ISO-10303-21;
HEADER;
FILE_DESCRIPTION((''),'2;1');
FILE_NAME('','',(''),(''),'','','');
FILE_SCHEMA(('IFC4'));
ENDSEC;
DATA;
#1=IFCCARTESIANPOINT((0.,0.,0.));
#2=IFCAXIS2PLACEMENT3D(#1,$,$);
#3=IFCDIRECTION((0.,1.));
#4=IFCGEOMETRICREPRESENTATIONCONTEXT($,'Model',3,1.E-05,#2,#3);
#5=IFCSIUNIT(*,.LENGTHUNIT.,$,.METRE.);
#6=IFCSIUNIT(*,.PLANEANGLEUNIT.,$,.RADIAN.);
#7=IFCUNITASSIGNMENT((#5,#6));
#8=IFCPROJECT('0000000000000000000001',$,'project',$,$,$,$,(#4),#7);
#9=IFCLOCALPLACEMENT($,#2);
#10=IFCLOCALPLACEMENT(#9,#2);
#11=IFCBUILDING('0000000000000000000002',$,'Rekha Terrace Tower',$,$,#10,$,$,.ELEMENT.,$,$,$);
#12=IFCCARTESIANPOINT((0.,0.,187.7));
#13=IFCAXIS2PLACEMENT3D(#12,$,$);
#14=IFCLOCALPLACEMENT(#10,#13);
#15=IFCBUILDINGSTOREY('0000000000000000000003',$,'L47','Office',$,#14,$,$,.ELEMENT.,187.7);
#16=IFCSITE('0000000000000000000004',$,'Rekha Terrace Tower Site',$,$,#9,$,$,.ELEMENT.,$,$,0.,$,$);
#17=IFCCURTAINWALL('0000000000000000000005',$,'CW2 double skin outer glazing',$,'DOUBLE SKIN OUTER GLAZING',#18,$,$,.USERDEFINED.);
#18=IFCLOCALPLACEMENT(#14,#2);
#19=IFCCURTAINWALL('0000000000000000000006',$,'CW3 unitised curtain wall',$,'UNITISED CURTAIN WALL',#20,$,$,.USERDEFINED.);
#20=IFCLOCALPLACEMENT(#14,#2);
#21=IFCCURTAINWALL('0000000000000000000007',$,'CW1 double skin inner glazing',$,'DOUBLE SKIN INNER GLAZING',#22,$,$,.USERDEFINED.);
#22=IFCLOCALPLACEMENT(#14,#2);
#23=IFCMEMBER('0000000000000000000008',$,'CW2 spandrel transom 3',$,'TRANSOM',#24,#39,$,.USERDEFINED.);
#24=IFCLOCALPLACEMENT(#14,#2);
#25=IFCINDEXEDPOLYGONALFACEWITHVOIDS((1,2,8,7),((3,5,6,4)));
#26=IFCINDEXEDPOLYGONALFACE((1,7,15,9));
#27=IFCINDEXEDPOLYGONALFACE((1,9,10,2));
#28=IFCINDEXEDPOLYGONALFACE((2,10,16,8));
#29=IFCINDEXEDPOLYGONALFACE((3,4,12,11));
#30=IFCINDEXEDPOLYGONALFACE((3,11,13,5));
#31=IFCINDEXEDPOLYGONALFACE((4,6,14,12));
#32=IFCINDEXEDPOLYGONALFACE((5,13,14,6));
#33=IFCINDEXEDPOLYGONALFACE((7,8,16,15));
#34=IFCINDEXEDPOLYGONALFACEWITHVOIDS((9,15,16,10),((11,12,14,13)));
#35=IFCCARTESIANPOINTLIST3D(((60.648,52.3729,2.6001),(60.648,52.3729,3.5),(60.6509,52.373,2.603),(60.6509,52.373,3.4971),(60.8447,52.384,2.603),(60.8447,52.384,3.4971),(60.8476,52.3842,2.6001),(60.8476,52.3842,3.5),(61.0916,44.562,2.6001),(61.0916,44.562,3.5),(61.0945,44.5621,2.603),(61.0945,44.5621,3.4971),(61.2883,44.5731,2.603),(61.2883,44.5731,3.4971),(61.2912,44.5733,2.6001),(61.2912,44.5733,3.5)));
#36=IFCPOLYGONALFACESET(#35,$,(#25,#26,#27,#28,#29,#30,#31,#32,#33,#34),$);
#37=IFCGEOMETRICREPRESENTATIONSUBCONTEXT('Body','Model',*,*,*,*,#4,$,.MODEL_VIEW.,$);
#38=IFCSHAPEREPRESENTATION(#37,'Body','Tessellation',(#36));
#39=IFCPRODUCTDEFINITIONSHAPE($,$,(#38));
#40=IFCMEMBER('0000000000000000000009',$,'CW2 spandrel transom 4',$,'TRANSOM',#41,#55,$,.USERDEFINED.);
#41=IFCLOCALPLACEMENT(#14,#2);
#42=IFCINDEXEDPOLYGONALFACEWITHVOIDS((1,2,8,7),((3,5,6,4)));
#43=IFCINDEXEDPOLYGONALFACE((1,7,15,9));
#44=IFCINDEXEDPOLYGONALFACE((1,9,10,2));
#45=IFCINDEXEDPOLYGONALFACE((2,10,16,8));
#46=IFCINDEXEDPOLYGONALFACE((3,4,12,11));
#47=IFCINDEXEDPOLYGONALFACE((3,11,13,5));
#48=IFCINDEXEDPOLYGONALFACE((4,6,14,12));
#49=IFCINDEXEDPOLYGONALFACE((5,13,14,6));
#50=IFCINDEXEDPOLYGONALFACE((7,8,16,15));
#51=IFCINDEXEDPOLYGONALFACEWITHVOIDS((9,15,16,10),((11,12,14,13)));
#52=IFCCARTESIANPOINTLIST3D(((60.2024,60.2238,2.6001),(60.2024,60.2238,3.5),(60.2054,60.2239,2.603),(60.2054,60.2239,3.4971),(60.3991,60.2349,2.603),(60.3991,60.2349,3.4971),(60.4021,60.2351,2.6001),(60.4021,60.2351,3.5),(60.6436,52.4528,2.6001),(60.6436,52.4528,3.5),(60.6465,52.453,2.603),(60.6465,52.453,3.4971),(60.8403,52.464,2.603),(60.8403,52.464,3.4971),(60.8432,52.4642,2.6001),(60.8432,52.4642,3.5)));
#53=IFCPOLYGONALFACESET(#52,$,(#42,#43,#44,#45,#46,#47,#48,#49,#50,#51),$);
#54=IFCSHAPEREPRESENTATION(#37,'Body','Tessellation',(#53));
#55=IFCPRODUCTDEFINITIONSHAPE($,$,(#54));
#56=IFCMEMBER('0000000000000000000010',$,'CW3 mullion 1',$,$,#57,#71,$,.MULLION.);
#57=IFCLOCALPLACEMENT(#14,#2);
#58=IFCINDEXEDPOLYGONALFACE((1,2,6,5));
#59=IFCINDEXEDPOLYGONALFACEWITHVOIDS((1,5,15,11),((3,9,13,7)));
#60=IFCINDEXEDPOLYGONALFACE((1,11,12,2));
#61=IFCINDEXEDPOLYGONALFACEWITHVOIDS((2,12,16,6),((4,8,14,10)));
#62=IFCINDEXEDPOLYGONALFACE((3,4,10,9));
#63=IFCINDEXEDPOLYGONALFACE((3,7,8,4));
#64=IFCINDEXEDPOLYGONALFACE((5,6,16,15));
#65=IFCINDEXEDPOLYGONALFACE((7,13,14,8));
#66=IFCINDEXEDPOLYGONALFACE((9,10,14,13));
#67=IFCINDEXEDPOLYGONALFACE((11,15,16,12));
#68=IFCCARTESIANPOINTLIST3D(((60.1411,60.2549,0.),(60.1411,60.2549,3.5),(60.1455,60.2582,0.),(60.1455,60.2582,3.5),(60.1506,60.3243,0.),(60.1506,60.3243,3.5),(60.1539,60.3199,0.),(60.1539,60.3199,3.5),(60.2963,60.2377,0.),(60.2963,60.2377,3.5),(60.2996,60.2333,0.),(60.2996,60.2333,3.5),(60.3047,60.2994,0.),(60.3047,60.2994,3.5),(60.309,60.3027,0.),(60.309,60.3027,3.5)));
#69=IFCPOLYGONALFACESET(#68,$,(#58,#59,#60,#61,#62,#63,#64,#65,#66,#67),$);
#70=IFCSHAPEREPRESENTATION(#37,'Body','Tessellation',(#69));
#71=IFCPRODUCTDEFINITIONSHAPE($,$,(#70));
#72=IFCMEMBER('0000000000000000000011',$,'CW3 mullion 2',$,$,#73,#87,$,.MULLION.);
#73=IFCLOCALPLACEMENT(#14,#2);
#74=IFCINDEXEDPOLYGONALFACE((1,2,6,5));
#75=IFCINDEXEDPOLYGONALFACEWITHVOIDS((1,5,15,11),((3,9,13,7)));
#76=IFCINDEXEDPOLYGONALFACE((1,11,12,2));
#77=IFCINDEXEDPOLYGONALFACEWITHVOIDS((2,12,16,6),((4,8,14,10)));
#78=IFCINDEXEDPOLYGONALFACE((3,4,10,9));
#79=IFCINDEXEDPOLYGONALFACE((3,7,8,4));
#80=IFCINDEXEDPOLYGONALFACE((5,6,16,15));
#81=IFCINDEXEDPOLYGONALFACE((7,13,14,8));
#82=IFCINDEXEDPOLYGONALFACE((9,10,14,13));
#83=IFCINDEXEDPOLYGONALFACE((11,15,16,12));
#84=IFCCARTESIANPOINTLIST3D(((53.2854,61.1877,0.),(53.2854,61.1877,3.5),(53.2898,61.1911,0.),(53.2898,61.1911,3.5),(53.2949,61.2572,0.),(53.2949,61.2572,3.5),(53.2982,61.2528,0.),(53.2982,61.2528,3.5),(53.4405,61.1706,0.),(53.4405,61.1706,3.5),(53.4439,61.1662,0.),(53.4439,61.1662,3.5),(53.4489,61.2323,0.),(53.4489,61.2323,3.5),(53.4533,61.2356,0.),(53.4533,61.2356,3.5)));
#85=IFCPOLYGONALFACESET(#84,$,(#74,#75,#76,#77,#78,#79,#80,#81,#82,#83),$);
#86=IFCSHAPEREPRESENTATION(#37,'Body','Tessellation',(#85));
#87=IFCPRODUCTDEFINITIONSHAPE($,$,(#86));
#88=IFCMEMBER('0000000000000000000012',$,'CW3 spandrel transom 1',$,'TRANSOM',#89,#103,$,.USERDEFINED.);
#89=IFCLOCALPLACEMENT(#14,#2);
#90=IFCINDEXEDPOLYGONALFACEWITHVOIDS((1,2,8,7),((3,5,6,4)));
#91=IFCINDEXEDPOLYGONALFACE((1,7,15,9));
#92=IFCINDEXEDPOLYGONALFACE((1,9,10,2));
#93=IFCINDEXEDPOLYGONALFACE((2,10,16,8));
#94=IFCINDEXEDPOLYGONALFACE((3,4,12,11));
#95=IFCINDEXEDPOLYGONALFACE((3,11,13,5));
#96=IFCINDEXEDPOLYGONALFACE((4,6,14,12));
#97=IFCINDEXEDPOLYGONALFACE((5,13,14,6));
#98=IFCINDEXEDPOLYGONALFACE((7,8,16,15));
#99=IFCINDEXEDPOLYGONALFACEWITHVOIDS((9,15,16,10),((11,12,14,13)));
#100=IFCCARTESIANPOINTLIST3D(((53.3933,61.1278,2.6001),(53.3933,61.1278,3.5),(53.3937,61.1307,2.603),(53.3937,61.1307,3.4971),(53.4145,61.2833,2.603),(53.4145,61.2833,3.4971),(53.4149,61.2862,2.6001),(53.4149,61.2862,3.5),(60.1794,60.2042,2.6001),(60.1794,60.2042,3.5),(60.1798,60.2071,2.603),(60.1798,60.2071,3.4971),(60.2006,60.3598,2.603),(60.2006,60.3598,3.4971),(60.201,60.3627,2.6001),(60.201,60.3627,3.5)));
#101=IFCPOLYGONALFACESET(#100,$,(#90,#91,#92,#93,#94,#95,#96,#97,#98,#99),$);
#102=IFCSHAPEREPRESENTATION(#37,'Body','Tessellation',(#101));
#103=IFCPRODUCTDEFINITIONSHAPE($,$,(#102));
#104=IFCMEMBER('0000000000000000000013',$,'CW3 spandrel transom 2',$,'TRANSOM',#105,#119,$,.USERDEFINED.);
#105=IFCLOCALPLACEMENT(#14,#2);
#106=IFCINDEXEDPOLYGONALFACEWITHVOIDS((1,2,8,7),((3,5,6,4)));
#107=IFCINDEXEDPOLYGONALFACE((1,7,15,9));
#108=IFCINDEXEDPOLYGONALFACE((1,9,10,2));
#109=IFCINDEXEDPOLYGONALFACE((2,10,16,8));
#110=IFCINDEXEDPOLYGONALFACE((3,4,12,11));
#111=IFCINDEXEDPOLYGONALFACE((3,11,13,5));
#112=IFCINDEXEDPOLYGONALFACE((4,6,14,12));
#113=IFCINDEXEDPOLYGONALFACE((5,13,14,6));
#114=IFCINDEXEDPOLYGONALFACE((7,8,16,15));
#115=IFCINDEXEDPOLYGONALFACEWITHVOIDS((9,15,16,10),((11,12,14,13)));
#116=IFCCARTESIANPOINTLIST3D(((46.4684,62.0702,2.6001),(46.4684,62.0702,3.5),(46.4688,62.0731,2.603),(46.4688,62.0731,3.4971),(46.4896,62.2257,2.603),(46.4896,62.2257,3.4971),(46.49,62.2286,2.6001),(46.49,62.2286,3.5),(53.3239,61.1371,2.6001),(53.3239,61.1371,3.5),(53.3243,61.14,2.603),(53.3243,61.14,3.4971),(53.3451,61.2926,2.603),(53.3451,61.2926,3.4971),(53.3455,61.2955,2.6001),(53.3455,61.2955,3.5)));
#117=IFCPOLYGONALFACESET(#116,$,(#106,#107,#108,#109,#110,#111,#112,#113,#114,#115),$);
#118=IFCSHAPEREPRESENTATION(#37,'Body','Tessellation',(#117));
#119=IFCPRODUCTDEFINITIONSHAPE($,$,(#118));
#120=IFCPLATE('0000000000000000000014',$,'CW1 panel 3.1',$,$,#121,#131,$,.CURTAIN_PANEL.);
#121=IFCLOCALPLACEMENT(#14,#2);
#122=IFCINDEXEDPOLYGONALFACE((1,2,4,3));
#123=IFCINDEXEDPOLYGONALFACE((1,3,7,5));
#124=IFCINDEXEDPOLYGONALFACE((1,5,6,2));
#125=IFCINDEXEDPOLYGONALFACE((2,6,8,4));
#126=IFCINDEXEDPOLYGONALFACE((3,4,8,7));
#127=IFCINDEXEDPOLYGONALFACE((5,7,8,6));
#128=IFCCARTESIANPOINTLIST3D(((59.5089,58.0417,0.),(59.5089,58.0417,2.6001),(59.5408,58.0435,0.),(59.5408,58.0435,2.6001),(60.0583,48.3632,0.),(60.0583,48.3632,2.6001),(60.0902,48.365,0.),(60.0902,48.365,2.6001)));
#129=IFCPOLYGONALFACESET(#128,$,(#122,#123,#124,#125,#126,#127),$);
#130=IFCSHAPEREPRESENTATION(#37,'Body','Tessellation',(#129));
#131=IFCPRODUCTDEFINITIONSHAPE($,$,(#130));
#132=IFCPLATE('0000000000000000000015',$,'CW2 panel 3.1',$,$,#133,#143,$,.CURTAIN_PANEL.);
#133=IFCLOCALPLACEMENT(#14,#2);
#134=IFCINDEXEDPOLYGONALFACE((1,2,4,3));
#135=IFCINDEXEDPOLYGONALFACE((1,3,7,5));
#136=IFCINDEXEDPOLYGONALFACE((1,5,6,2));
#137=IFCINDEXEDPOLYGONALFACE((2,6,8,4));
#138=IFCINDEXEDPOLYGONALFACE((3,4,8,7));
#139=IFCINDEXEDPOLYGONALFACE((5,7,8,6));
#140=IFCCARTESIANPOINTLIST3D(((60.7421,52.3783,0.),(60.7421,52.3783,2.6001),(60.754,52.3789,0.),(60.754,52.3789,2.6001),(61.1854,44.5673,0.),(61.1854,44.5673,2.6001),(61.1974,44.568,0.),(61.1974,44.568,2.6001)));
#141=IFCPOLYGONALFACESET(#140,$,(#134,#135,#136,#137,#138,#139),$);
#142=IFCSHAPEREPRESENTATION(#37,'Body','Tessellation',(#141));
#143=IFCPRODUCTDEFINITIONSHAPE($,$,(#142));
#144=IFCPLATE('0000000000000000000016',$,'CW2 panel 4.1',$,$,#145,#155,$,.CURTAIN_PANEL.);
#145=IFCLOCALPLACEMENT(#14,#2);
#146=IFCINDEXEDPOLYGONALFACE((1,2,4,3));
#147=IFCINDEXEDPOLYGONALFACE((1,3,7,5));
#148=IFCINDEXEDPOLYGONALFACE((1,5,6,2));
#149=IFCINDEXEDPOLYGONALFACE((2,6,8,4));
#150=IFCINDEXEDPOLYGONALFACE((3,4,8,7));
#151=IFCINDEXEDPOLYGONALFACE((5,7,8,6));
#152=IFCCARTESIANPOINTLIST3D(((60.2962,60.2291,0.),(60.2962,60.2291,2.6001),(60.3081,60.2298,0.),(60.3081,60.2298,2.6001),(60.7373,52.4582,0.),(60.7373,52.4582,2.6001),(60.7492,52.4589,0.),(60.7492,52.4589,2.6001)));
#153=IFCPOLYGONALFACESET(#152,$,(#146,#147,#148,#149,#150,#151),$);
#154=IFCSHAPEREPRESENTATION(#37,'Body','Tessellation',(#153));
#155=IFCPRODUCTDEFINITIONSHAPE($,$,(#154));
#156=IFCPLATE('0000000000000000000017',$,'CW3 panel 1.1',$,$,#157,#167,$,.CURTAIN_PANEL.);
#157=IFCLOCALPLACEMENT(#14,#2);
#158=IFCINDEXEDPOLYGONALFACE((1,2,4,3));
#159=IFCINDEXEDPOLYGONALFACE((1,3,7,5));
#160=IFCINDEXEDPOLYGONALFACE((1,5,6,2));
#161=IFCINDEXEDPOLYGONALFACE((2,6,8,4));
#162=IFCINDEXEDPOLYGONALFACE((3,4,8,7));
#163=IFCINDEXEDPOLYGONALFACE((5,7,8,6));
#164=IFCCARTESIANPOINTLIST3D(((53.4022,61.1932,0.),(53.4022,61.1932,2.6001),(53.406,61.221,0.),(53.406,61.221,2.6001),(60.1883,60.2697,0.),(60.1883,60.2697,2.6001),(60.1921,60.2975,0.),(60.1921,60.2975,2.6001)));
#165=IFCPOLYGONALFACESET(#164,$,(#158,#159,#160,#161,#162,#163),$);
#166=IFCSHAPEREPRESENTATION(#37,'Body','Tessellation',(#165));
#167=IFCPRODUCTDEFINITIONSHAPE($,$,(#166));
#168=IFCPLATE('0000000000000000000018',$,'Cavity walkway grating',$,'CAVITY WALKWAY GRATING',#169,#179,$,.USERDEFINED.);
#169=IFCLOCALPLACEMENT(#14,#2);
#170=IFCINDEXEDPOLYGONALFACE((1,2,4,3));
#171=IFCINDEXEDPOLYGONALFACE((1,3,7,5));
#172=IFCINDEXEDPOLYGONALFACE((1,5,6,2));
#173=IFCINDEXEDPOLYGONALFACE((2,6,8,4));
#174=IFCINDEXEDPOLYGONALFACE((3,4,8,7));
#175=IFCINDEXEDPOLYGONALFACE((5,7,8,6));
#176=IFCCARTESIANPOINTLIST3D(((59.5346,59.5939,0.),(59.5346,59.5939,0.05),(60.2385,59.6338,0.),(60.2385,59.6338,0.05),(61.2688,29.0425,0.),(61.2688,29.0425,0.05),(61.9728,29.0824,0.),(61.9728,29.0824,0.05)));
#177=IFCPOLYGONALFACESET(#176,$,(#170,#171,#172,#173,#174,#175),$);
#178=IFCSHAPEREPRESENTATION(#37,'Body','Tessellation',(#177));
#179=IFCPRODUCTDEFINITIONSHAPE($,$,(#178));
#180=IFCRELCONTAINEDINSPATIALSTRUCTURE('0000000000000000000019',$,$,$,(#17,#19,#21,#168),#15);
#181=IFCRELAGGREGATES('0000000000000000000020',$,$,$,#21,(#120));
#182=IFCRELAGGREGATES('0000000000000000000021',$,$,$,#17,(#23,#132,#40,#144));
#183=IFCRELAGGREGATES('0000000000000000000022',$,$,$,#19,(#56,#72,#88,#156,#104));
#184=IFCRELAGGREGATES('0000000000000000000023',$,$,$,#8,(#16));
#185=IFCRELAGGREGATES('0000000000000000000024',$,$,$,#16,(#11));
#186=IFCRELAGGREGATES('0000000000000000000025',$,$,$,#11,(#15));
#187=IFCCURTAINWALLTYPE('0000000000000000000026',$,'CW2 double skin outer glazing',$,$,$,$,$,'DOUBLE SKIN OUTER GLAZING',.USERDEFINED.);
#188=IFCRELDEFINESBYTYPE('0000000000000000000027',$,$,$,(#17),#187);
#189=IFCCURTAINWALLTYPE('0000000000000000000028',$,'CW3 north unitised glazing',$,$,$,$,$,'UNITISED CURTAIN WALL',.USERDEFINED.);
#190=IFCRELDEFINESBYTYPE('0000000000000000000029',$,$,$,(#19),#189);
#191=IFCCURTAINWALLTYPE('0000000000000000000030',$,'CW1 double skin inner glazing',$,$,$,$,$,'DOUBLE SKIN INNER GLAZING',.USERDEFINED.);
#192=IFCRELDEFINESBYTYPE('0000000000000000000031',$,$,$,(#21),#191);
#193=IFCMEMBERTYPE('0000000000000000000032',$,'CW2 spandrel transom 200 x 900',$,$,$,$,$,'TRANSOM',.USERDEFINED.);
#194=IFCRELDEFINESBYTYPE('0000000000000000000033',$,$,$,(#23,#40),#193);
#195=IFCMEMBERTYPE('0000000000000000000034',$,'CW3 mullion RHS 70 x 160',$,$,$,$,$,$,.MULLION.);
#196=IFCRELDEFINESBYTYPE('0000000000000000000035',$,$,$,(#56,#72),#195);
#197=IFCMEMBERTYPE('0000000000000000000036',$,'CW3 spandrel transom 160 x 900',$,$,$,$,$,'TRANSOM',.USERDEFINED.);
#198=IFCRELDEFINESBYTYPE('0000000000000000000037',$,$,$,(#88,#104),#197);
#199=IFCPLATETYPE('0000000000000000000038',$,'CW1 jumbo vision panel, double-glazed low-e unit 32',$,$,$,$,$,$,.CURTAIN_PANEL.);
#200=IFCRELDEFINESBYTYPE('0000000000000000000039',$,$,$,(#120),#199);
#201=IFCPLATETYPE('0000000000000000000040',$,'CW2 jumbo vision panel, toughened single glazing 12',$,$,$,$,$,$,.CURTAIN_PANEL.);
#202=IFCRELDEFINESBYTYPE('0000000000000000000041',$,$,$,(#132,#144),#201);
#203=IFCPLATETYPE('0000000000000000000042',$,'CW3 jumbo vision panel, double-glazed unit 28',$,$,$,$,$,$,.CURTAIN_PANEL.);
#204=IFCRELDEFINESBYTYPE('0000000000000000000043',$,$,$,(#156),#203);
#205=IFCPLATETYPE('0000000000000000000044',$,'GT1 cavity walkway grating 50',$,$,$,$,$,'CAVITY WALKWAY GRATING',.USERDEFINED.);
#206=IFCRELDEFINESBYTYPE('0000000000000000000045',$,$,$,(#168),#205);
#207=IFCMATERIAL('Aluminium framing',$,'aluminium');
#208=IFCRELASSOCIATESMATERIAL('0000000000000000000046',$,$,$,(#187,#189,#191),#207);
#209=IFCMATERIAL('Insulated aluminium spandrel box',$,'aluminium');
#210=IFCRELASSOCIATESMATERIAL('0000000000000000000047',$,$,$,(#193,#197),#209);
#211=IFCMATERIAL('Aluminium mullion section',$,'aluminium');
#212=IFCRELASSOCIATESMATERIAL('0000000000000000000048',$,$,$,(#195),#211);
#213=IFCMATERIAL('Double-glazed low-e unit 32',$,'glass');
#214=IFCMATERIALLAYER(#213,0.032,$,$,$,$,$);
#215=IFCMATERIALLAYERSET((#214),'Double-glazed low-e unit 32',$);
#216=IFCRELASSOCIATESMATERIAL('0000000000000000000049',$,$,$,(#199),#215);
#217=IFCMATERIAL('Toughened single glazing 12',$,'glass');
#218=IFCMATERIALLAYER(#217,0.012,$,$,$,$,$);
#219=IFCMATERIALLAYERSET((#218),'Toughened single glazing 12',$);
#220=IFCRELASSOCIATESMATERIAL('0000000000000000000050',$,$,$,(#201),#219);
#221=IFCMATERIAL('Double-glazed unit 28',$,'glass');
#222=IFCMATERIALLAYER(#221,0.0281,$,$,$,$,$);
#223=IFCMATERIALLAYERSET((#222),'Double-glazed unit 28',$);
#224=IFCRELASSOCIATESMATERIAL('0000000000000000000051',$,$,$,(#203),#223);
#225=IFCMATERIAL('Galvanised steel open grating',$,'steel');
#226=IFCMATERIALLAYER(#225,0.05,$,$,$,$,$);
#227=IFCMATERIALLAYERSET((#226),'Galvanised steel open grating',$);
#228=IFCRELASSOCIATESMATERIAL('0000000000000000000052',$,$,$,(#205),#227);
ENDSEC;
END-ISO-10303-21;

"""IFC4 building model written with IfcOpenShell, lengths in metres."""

from ifc_helpers import new_model, si_unit, direction, frame, origin, origin_2d, place, context, subcontext, project, spatial, rectangle, hollow_rectangle, extrude, material, layer, layer_set, material_profile, profile_set, type_object, element, aggregate, save


model = new_model("IFC4")

# Units and contexts
model_context = context("Model", 3, precision=1e-05, world=origin(), true_north=direction((0.0, 1.0)))
body_context = subcontext(model_context, "Body", "Model", "MODEL_VIEW")
ifc_project = project(units=[si_unit("LENGTHUNIT", "METRE"), si_unit("PLANEANGLEUNIT", "RADIAN")], contexts=[model_context])

# Site, building, storey
site_placement = place(None, origin())
site = spatial("IfcSite", under=ifc_project, at=site_placement, Name="Rekha Terrace Tower Site", CompositionType="ELEMENT", RefElevation=0.0)
building_placement = place(site_placement, origin())
building = spatial("IfcBuilding", under=site, at=building_placement, Name="Rekha Terrace Tower", CompositionType="ELEMENT")
storey_placement = place(building_placement, frame((0.0, 0.0, 187.7)))
storey = spatial("IfcBuildingStorey", under=building, at=storey_placement, Name="L47", Description="Office", CompositionType="ELEMENT", Elevation=187.7)

# Curtain wall
ifc_material_1 = material(Name="Aluminium framing", Category="aluminium")
curtain_wall_type_1 = type_object("IfcCurtainWallType", Name="CW2 double skin outer glazing", ElementType="DOUBLE SKIN OUTER GLAZING", PredefinedType="USERDEFINED", material=ifc_material_1)
curtain_wall_1_placement = place(storey_placement, origin())
curtain_wall_1 = element("IfcCurtainWall", 1, at=curtain_wall_1_placement, inside=storey, type_object=curtain_wall_type_1, Name="CW2 double skin outer glazing", ObjectType="DOUBLE SKIN OUTER GLAZING", PredefinedType="USERDEFINED")

# Curtain wall
curtain_wall_type_2 = type_object("IfcCurtainWallType", Name="CW3 north unitised glazing", ElementType="UNITISED CURTAIN WALL", PredefinedType="USERDEFINED", material=ifc_material_1)
curtain_wall_2_placement = place(storey_placement, origin())
curtain_wall_2 = element("IfcCurtainWall", 2, at=curtain_wall_2_placement, inside=storey, type_object=curtain_wall_type_2, Name="CW3 unitised curtain wall", ObjectType="UNITISED CURTAIN WALL", PredefinedType="USERDEFINED")

# Curtain wall
curtain_wall_type_3 = type_object("IfcCurtainWallType", Name="CW1 double skin inner glazing", ElementType="DOUBLE SKIN INNER GLAZING", PredefinedType="USERDEFINED", material=ifc_material_1)
curtain_wall_3_placement = place(storey_placement, origin())
curtain_wall_3 = element("IfcCurtainWall", 3, at=curtain_wall_3_placement, inside=storey, type_object=curtain_wall_type_3, Name="CW1 double skin inner glazing", ObjectType="DOUBLE SKIN INNER GLAZING", PredefinedType="USERDEFINED")
ifc_material_2 = material(Name="Aluminium mullion section", Category="aluminium")
ifc_material_3 = material(Name="Insulated aluminium spandrel box", Category="aluminium")

# Members
ifc_material_profile_1 = material_profile(ifc_material_3, hollow_rectangle(XDim=0.2, YDim=0.8999, WallThickness=0.0029, at=origin_2d()), Name="AL SPANDREL BOX 200x900")
ifc_profile_set_1 = profile_set([ifc_material_profile_1], Name="Insulated aluminium spandrel box")
member_type_1 = type_object("IfcMemberType", Name="CW2 spandrel transom 200 x 900", ElementType="TRANSOM", PredefinedType="USERDEFINED", material=ifc_profile_set_1)
member_1_placement = place(storey_placement, frame((61.1914, 44.5676, 3.05), z_axis=(-0.056702, 0.998391, 0.0), x_axis=(-0.998391, -0.056702, 0.0)))
member_1 = element("IfcMember", 4, at=member_1_placement, type_object=member_type_1, Name="CW2 spandrel transom 3", ObjectType="TRANSOM", PredefinedType="USERDEFINED", context=body_context, shape_type="SweptSolid", body=[
    extrude(hollow_rectangle(XDim=0.2, YDim=0.8999, WallThickness=0.0029, at=origin_2d()), origin(), (0.0, 0.0, 1.0), 7.8235),
])
member_2_placement = place(storey_placement, frame((60.7434, 52.4585, 3.05), z_axis=(-0.056679, 0.998392, 0.0), x_axis=(-0.998392, -0.056679, 0.0)))
member_2 = element("IfcMember", 5, at=member_2_placement, type_object=member_type_1, Name="CW2 spandrel transom 4", ObjectType="TRANSOM", PredefinedType="USERDEFINED", context=body_context, shape_type="SweptSolid", body=[
    extrude(hollow_rectangle(XDim=0.2, YDim=0.8999, WallThickness=0.0029, at=origin_2d()), origin(), (0.0, 0.0, 1.0), 7.7834),
])
ifc_material_profile_2 = material_profile(ifc_material_2, hollow_rectangle(XDim=0.0701, YDim=0.1599, WallThickness=0.0039, at=origin_2d()), Name="AL RHS 70x160")
ifc_profile_set_2 = profile_set([ifc_material_profile_2], Name="Aluminium mullion section")
member_type_2 = type_object("IfcMemberType", Name="CW3 mullion RHS 70 x 160", PredefinedType="MULLION", material=ifc_profile_set_2)
member_3_placement = place(storey_placement, frame((60.2251, 60.2788, 0.0), z_axis=(0.0, 0.0, 1.0), x_axis=(-0.134841, -0.990867, 0.0)))
member_3 = element("IfcMember", 6, at=member_3_placement, type_object=member_type_2, Name="CW3 mullion 1", PredefinedType="MULLION", context=body_context, shape_type="SweptSolid", body=[
    extrude(hollow_rectangle(XDim=0.0701, YDim=0.1599, WallThickness=0.0039, at=origin_2d()), origin(), (0.0, 0.0, 1.0), 3.5),
])
member_4_placement = place(storey_placement, frame((53.3694, 61.2117, 0.0), z_axis=(0.0, 0.0, 1.0), x_axis=(-0.134841, -0.990867, 0.0)))
member_4 = element("IfcMember", 7, at=member_4_placement, type_object=member_type_2, Name="CW3 mullion 2", PredefinedType="MULLION", context=body_context, shape_type="SweptSolid", body=[
    extrude(hollow_rectangle(XDim=0.0701, YDim=0.1599, WallThickness=0.0039, at=origin_2d()), origin(), (0.0, 0.0, 1.0), 3.5),
])
ifc_material_profile_3 = material_profile(ifc_material_3, hollow_rectangle(XDim=0.1599, YDim=0.8999, WallThickness=0.0029, at=origin_2d()), Name="AL SPANDREL BOX 160x900")
ifc_profile_set_3 = profile_set([ifc_material_profile_3], Name="Insulated aluminium spandrel box")
member_type_3 = type_object("IfcMemberType", Name="CW3 spandrel transom 160 x 900", ElementType="TRANSOM", PredefinedType="USERDEFINED", material=ifc_profile_set_3)
member_5_placement = place(storey_placement, frame((60.1902, 60.2834, 3.05), z_axis=(-0.990865, 0.134855, 0.0), x_axis=(-0.134855, -0.990865, 0.0)))
member_5 = element("IfcMember", 8, at=member_5_placement, type_object=member_type_3, Name="CW3 spandrel transom 1", ObjectType="TRANSOM", PredefinedType="USERDEFINED", context=body_context, shape_type="SweptSolid", body=[
    extrude(hollow_rectangle(XDim=0.1599, YDim=0.8999, WallThickness=0.0029, at=origin_2d()), origin(), (0.0, 0.0, 1.0), 6.8486),
])
member_6_placement = place(storey_placement, frame((53.3347, 61.2163, 3.05), z_axis=(-0.990864, 0.134868, 0.0), x_axis=(-0.134868, -0.990864, 0.0)))
member_6 = element("IfcMember", 9, at=member_6_placement, type_object=member_type_3, Name="CW3 spandrel transom 2", ObjectType="TRANSOM", PredefinedType="USERDEFINED", context=body_context, shape_type="SweptSolid", body=[
    extrude(hollow_rectangle(XDim=0.1599, YDim=0.8999, WallThickness=0.0029, at=origin_2d()), origin(), (0.0, 0.0, 1.0), 6.9187),
])

# Plates
ifc_material_4 = material(Name="Double-glazed low-e unit 32", Category="glass")
ifc_layer_1 = layer(ifc_material_4, 0.032)
ifc_layer_set_1 = layer_set([ifc_layer_1], Name="Double-glazed low-e unit 32")
plate_type_1 = type_object("IfcPlateType", Name="CW1 jumbo vision panel, double-glazed low-e unit 32", PredefinedType="CURTAIN_PANEL", material=ifc_layer_set_1)
plate_1_placement = place(storey_placement, frame((59.7996, 53.2034, 0.0), z_axis=(0.0, 0.0, 1.0), x_axis=(-0.056673, 0.998393, 0.0)))
plate_1 = element("IfcPlate", 10, at=plate_1_placement, type_object=plate_type_1, Name="CW1 panel 3.1", PredefinedType="CURTAIN_PANEL", context=body_context, shape_type="SweptSolid", body=[
    extrude(rectangle(XDim=9.6941, YDim=0.032, at=origin_2d()), origin(), (0.0, 0.0, 1.0), 2.6001),
])
aggregate(curtain_wall_3, [plate_1])
ifc_material_5 = material(Name="Toughened single glazing 12", Category="glass")
ifc_layer_2 = layer(ifc_material_5, 0.012)
ifc_layer_set_2 = layer_set([ifc_layer_2], Name="Toughened single glazing 12")
plate_type_2 = type_object("IfcPlateType", Name="CW2 jumbo vision panel, toughened single glazing 12", PredefinedType="CURTAIN_PANEL", material=ifc_layer_set_2)
plate_2_placement = place(storey_placement, frame((60.9697, 48.4731, 0.0), z_axis=(0.0, 0.0, 1.0), x_axis=(-0.056673, 0.998393, 0.0)))
plate_2 = element("IfcPlate", 11, at=plate_2_placement, type_object=plate_type_2, Name="CW2 panel 3.1", PredefinedType="CURTAIN_PANEL", context=body_context, shape_type="SweptSolid", body=[
    extrude(rectangle(XDim=7.8235, YDim=0.012, at=origin_2d()), origin(), (0.0, 0.0, 1.0), 2.6001),
])
plate_3_placement = place(storey_placement, frame((60.5227, 56.344, 0.0), z_axis=(0.0, 0.0, 1.0), x_axis=(-0.056673, 0.998393, 0.0)))
plate_3 = element("IfcPlate", 12, at=plate_3_placement, type_object=plate_type_2, Name="CW2 panel 4.1", PredefinedType="CURTAIN_PANEL", context=body_context, shape_type="SweptSolid", body=[
    extrude(rectangle(XDim=7.7834, YDim=0.012, at=origin_2d()), origin(), (0.0, 0.0, 1.0), 2.6001),
])
aggregate(curtain_wall_1, [member_1, plate_2, member_2, plate_3])
ifc_material_6 = material(Name="Double-glazed unit 28", Category="glass")
ifc_layer_3 = layer(ifc_material_6, 0.0281)
ifc_layer_set_3 = layer_set([ifc_layer_3], Name="Double-glazed unit 28")
plate_type_3 = type_object("IfcPlateType", Name="CW3 jumbo vision panel, double-glazed unit 28", PredefinedType="CURTAIN_PANEL", material=ifc_layer_set_3)
plate_4_placement = place(storey_placement, frame((56.7971, 60.7454, 0.0), z_axis=(0.0, 0.0, 1.0), x_axis=(-0.990867, 0.134841, 0.0)))
plate_4 = element("IfcPlate", 13, at=plate_4_placement, type_object=plate_type_3, Name="CW3 panel 1.1", PredefinedType="CURTAIN_PANEL", context=body_context, shape_type="SweptSolid", body=[
    extrude(rectangle(XDim=6.8486, YDim=0.0281, at=origin_2d()), origin(), (0.0, 0.0, 1.0), 2.6001),
])
aggregate(curtain_wall_2, [member_3, member_4, member_5, plate_4, member_6])
ifc_material_7 = material(Name="Galvanised steel open grating", Category="steel")
ifc_layer_4 = layer(ifc_material_7, 0.05)
ifc_layer_set_4 = layer_set([ifc_layer_4], Name="Galvanised steel open grating")
plate_type_4 = type_object("IfcPlateType", Name="GT1 cavity walkway grating 50", ElementType="CAVITY WALKWAY GRATING", PredefinedType="USERDEFINED", material=ifc_layer_set_4)
plate_5_placement = place(storey_placement, frame((60.7537, 44.3381, 0.0), z_axis=(0.0, 0.0, 1.0), x_axis=(-0.056673, 0.998393, 0.0)))
element("IfcPlate", 14, at=plate_5_placement, inside=storey, type_object=plate_type_4, Name="Cavity walkway grating", ObjectType="CAVITY WALKWAY GRATING", PredefinedType="USERDEFINED", context=body_context, shape_type="SweptSolid", body=[
    extrude(rectangle(XDim=30.6006, YDim=0.7051, at=origin_2d()), origin(), (0.0, 0.0, 1.0), 0.05),
])

save(model, "model.ifc")
